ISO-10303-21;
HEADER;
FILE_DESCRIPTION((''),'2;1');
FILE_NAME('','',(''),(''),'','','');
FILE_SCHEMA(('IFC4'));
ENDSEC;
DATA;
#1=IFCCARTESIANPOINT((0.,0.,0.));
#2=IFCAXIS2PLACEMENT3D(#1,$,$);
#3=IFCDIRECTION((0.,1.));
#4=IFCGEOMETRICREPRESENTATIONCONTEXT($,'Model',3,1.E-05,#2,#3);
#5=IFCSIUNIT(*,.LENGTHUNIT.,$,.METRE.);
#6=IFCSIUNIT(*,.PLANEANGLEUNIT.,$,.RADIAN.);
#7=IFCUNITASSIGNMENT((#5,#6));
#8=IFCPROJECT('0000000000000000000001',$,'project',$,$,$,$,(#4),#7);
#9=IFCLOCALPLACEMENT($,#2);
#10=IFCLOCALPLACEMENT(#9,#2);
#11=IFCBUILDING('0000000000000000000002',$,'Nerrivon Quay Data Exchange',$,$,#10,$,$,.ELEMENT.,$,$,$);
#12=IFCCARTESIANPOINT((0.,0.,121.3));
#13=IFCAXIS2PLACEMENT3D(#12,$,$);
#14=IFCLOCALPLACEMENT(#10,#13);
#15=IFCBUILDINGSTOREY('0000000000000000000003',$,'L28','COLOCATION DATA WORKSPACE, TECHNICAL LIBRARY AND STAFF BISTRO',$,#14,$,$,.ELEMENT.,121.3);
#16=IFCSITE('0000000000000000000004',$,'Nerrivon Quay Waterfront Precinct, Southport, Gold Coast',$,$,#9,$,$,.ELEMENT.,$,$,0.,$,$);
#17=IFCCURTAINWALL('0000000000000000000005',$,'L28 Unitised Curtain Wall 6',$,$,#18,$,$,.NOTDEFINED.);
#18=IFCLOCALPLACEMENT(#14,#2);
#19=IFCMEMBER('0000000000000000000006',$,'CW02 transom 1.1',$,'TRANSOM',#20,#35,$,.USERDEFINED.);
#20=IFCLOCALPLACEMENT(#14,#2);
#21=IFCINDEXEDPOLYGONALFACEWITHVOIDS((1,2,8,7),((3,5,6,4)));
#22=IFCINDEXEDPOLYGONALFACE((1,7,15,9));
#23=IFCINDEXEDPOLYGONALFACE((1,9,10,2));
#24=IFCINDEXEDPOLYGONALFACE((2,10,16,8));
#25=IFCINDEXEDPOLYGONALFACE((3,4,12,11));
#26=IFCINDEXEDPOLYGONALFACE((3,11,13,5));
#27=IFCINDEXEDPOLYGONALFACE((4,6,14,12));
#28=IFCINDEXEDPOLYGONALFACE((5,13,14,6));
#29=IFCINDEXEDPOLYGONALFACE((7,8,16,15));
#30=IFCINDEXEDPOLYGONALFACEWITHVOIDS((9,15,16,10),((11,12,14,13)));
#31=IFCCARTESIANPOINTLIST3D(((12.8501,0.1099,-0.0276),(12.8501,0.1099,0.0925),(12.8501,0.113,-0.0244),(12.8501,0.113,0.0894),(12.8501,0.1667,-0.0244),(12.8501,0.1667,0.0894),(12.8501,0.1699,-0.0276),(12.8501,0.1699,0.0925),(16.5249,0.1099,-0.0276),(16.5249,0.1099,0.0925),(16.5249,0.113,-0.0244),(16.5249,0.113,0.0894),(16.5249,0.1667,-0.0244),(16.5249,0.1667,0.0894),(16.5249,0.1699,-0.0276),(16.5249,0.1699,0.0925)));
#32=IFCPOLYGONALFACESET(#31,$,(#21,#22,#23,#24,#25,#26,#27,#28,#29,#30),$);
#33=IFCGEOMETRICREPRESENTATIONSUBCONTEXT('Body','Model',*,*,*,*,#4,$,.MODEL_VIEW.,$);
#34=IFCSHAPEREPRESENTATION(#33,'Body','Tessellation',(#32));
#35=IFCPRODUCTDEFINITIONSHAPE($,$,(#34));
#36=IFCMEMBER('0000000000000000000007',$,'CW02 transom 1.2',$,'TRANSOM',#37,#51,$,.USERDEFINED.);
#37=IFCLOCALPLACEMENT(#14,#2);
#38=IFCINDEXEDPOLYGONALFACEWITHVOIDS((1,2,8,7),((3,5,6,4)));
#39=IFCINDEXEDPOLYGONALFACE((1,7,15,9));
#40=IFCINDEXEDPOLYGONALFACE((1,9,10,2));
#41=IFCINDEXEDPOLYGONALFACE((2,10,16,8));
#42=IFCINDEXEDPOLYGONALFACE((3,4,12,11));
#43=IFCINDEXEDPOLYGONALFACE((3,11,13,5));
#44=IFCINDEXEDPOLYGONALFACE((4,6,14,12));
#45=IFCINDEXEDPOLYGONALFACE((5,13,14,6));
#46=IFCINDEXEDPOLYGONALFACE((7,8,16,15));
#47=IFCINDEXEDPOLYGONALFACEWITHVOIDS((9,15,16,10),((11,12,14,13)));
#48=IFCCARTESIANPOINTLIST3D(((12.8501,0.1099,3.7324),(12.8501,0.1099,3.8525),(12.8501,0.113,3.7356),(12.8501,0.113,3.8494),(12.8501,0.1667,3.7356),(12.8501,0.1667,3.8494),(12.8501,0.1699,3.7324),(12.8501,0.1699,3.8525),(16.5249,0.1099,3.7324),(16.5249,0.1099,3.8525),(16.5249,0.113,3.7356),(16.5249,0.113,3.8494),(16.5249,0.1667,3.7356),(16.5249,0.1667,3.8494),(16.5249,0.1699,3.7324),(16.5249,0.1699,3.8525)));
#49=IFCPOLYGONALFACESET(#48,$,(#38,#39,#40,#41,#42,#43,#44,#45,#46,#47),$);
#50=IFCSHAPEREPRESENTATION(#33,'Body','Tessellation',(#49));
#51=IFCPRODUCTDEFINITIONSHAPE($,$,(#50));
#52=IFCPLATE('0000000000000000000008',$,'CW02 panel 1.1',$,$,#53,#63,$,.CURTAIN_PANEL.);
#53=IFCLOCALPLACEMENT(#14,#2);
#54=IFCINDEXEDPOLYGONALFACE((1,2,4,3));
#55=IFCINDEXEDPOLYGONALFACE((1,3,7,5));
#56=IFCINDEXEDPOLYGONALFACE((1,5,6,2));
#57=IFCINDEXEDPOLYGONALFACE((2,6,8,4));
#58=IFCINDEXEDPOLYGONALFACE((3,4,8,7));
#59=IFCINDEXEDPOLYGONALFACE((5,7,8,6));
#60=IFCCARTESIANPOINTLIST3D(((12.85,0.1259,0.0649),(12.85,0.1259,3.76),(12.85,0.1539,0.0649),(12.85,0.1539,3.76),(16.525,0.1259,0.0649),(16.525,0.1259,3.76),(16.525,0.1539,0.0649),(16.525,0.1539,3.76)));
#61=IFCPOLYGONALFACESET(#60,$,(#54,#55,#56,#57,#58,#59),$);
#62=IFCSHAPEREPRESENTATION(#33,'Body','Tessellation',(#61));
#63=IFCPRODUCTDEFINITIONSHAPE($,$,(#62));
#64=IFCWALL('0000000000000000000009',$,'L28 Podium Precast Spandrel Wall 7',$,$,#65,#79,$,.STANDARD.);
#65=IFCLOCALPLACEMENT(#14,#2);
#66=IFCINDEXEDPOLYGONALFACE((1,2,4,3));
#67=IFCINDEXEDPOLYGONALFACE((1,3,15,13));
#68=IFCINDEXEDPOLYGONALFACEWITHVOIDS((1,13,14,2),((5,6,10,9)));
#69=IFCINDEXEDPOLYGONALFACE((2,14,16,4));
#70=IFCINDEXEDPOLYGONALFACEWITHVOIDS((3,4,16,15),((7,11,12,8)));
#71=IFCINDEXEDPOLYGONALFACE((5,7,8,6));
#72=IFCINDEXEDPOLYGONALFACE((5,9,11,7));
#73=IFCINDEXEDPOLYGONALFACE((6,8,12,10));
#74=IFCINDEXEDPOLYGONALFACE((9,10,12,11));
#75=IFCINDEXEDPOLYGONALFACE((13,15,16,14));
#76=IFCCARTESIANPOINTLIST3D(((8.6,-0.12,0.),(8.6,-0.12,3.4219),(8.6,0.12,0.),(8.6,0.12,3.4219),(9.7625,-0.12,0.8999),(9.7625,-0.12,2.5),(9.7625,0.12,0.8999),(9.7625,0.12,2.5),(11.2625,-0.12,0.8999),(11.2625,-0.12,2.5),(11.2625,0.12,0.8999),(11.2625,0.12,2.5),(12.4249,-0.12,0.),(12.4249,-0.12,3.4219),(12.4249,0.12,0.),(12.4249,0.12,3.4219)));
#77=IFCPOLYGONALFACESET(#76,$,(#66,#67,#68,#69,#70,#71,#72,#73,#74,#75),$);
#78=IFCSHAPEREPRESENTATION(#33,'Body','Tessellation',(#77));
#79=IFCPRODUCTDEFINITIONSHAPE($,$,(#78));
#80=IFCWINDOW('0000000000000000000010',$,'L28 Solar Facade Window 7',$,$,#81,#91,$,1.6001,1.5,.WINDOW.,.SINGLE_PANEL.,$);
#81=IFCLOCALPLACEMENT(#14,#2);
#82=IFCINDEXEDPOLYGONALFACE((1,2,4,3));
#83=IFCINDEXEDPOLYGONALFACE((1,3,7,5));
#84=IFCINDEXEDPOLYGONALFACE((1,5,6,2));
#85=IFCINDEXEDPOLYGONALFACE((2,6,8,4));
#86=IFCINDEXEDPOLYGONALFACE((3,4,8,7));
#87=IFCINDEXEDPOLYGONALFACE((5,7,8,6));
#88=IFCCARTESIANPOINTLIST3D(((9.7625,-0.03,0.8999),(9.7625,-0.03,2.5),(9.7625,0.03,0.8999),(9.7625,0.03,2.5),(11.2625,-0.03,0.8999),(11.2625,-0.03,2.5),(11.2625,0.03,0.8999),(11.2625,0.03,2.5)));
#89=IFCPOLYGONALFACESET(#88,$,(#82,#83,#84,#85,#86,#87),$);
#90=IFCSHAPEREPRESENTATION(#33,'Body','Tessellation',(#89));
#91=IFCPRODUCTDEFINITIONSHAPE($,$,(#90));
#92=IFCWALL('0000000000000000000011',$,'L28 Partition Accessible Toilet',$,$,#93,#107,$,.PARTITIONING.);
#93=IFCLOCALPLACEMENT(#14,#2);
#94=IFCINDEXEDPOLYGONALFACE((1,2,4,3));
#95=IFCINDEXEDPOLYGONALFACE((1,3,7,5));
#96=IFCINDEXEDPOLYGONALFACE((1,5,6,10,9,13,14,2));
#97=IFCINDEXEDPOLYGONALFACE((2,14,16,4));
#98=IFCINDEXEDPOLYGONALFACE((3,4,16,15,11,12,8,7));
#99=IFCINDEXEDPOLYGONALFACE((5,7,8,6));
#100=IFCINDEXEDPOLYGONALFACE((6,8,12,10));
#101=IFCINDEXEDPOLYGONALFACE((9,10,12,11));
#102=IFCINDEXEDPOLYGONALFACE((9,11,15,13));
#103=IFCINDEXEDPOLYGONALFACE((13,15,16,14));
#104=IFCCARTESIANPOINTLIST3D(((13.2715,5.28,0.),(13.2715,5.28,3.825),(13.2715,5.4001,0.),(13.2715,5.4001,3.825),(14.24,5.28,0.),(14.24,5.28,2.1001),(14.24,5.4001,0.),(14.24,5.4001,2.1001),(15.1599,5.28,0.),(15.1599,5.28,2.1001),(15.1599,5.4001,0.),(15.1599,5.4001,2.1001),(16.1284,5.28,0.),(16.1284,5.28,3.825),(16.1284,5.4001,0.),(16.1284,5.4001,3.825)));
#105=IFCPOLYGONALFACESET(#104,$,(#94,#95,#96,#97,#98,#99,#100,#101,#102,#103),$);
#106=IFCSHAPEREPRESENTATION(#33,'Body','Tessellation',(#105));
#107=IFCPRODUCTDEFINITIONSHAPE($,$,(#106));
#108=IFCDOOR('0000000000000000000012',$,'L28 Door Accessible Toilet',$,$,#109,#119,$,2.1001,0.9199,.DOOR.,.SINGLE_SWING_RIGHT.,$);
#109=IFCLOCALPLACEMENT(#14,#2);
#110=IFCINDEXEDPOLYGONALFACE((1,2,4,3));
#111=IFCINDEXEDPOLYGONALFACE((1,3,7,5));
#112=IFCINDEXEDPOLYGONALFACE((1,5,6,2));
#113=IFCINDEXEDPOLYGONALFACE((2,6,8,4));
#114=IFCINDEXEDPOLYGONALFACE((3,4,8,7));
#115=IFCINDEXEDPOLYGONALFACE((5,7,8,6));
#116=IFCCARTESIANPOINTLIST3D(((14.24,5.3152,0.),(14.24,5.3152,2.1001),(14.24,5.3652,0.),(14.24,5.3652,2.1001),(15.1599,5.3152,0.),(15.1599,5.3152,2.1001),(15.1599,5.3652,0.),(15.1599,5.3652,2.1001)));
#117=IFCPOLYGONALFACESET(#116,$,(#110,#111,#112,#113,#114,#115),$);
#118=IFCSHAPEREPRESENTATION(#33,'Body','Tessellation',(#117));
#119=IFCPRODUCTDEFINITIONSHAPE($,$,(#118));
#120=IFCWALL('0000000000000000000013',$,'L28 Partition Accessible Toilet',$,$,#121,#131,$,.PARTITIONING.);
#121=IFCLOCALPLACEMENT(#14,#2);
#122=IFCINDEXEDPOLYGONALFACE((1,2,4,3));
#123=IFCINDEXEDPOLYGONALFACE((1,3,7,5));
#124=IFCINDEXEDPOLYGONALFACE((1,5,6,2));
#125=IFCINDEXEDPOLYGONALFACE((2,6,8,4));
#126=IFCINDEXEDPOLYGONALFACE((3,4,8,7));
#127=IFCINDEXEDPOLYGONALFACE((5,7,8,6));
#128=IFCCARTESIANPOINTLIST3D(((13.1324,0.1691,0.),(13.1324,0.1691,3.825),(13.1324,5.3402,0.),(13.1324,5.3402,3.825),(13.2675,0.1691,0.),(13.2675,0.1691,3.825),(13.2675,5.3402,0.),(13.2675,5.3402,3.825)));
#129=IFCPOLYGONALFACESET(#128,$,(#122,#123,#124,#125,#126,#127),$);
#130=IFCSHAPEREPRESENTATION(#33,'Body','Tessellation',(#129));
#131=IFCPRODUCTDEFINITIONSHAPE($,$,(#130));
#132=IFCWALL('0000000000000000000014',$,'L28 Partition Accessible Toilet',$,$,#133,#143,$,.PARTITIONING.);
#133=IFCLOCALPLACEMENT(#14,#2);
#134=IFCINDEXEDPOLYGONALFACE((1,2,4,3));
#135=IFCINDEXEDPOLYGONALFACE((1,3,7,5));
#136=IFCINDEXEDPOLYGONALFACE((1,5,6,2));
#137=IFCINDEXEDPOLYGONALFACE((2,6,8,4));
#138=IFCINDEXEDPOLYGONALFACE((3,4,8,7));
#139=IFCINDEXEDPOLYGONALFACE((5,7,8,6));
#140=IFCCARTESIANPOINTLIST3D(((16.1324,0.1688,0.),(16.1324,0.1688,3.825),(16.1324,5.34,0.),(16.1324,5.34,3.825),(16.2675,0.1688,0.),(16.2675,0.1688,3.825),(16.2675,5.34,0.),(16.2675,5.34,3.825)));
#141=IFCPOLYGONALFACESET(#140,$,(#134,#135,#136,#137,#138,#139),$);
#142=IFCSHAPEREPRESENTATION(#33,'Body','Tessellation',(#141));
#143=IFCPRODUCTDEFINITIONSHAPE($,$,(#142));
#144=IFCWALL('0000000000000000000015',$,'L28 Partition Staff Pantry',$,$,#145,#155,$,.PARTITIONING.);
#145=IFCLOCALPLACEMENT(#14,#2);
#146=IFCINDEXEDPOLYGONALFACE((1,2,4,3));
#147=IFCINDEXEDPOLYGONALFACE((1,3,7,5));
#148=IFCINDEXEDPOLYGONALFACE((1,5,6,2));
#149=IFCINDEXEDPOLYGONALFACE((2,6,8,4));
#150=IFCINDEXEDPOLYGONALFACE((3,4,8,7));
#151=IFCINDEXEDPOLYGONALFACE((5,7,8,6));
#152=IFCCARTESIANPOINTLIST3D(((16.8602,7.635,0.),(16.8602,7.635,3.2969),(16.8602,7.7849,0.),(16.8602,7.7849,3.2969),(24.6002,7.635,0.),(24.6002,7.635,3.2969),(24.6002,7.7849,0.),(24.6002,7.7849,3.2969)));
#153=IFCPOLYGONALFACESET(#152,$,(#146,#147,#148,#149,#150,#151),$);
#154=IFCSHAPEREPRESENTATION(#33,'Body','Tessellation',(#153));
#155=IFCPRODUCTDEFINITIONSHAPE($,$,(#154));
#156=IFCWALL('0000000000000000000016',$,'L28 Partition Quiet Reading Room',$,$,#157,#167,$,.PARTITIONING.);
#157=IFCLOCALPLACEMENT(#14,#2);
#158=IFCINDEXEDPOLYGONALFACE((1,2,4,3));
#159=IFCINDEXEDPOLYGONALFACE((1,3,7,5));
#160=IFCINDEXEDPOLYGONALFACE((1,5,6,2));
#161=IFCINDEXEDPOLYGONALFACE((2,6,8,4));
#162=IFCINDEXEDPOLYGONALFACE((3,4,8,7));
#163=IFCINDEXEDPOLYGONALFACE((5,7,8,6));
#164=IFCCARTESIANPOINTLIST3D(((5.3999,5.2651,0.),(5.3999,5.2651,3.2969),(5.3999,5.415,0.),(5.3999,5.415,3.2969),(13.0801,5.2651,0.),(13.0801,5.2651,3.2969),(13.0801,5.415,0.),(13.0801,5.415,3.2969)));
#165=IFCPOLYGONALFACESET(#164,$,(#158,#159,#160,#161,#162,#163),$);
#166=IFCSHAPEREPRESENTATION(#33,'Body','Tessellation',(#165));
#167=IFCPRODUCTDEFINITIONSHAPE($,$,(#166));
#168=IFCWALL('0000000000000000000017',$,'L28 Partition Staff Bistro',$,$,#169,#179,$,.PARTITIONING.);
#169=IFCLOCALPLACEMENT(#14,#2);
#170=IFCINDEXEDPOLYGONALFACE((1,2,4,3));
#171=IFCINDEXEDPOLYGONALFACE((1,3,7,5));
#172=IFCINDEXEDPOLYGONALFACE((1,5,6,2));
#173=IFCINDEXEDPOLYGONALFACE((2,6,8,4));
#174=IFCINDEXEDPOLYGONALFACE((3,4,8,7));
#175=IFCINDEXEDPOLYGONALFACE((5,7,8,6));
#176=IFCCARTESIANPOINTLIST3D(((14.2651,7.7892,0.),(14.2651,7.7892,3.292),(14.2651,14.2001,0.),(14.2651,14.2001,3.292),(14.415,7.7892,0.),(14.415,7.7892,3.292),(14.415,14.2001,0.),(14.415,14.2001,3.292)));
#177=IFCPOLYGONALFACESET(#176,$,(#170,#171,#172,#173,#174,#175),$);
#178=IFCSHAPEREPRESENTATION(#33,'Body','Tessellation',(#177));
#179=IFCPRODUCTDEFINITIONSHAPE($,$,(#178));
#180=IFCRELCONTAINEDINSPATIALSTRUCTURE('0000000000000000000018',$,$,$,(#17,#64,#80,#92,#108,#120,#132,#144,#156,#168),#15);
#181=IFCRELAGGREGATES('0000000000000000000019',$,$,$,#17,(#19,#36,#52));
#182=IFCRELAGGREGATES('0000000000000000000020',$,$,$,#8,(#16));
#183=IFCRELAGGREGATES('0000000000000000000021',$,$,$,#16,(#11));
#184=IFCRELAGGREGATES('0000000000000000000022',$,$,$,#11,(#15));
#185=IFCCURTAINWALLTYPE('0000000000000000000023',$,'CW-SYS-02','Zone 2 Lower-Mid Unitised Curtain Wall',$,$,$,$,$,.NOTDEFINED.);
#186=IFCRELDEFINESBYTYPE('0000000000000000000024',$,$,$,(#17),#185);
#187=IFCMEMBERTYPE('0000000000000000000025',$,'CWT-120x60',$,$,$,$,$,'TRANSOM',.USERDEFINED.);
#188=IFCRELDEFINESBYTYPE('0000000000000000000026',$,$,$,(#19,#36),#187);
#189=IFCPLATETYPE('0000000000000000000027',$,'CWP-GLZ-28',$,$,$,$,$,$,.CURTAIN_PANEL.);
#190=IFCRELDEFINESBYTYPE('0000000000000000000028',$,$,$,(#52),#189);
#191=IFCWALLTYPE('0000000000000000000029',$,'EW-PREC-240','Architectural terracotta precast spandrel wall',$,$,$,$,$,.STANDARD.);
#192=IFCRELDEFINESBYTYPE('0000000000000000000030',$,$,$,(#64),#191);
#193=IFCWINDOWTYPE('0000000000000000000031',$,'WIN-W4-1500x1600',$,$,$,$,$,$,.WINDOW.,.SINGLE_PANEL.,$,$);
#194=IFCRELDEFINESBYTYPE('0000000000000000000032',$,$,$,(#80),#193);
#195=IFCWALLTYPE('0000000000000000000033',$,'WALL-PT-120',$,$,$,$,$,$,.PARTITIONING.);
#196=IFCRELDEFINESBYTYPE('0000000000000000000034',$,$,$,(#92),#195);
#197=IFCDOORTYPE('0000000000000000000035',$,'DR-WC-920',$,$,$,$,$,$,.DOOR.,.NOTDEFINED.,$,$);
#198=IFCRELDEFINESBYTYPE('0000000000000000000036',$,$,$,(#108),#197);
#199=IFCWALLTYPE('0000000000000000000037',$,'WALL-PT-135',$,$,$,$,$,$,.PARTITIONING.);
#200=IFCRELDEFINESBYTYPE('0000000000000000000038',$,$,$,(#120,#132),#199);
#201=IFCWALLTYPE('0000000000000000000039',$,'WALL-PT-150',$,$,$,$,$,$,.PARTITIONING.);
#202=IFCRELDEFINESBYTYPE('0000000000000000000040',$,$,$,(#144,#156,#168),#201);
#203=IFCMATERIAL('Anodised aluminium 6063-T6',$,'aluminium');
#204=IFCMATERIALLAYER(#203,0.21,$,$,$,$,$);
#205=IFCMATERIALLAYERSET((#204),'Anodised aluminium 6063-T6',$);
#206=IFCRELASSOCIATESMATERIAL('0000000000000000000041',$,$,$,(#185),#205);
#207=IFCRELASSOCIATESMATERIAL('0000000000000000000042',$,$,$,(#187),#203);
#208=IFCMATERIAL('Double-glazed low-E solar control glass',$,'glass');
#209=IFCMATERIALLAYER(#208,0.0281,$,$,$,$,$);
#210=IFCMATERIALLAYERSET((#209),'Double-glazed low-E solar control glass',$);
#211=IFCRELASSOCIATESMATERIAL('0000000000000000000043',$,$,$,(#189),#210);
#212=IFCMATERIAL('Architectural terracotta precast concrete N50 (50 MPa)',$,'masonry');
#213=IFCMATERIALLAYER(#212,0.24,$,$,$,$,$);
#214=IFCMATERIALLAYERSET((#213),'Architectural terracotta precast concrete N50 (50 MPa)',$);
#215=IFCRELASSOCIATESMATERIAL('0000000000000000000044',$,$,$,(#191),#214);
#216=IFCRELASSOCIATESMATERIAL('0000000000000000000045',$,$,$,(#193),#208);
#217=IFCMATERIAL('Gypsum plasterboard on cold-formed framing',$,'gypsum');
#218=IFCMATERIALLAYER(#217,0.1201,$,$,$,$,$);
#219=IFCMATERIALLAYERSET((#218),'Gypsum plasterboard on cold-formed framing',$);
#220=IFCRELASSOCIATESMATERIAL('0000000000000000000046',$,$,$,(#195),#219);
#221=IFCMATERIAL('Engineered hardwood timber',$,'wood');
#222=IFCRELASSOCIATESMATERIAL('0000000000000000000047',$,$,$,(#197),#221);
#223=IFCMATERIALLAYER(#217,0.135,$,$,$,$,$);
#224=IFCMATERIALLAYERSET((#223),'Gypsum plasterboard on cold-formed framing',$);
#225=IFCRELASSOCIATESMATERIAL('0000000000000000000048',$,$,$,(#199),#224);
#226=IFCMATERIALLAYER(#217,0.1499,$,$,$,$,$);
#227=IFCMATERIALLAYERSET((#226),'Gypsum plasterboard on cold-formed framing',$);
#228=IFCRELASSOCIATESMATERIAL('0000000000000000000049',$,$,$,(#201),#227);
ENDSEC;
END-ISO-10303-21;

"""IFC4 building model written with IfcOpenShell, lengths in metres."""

from ifc_helpers import new_model, si_unit, direction, frame, frame_2d, origin, origin_2d, place, context, subcontext, project, spatial, rectangle, hollow_rectangle, extrude, material, layer, layer_set, material_profile, profile_set, type_object, element, fill, aggregate, save


model = new_model("IFC4")

# Units and contexts
model_context = context("Model", 3, precision=1e-05, world=origin(), true_north=direction((0.0, 1.0)))
body_context = subcontext(model_context, "Body", "Model", "MODEL_VIEW")
ifc_project = project(units=[si_unit("LENGTHUNIT", "METRE"), si_unit("PLANEANGLEUNIT", "RADIAN")], contexts=[model_context])

# Site, building, storey
site_placement = place(None, origin())
site = spatial("IfcSite", under=ifc_project, at=site_placement, Name="Nerrivon Quay Waterfront Precinct, Southport, Gold Coast", CompositionType="ELEMENT", RefElevation=0.0)
building_placement = place(site_placement, origin())
building = spatial("IfcBuilding", under=site, at=building_placement, Name="Nerrivon Quay Data Exchange", CompositionType="ELEMENT")
storey_placement = place(building_placement, frame((0.0, 0.0, 121.3)))
storey = spatial("IfcBuildingStorey", under=building, at=storey_placement, Name="L28", Description="COLOCATION DATA WORKSPACE, TECHNICAL LIBRARY AND STAFF BISTRO", CompositionType="ELEMENT", Elevation=121.3)

# Curtain wall, members, plate
ifc_material_1 = material(Name="Anodised aluminium 6063-T6", Category="aluminium")
ifc_layer_1 = layer(ifc_material_1, 0.21)
ifc_layer_set_1 = layer_set([ifc_layer_1], Name="Anodised aluminium 6063-T6")
curtain_wall_type = type_object("IfcCurtainWallType", Name="CW-SYS-02", Description="Zone 2 Lower-Mid Unitised Curtain Wall", PredefinedType="NOTDEFINED", material=ifc_layer_set_1)
curtain_wall_placement = place(storey_placement, origin())
curtain_wall = element("IfcCurtainWall", 1, at=curtain_wall_placement, inside=storey, type_object=curtain_wall_type, Name="L28 Unitised Curtain Wall 6", PredefinedType="NOTDEFINED")
ifc_material_profile_1 = material_profile(ifc_material_1, hollow_rectangle(XDim=0.0601, YDim=0.1201, WallThickness=0.0032, at=origin_2d()), Name="ALU-TRAN-120x60")
ifc_profile_set_1 = profile_set([ifc_material_profile_1], Name="Anodised aluminium 6063-T6")
member_type_1 = type_object("IfcMemberType", Name="CWT-120x60", ElementType="TRANSOM", PredefinedType="USERDEFINED", material=ifc_profile_set_1)
member_1_placement = place(storey_placement, frame((16.5249, 0.1399, 0.0325), z_axis=(-1.0, 0.0, 0.0), x_axis=(0.0, -1.0, 0.0)))
member_1 = element("IfcMember", 2, at=member_1_placement, type_object=member_type_1, Name="CW02 transom 1.1", ObjectType="TRANSOM", PredefinedType="USERDEFINED", context=body_context, shape_type="SweptSolid", body=[
    extrude(hollow_rectangle(XDim=0.0601, YDim=0.1201, WallThickness=0.0032, at=origin_2d()), origin(), (0.0, 0.0, 1.0), 3.6748),
])
member_2_placement = place(storey_placement, frame((16.5249, 0.1399, 3.7925), z_axis=(-1.0, 0.0, 0.0), x_axis=(0.0, -1.0, 0.0)))
member_2 = element("IfcMember", 3, at=member_2_placement, type_object=member_type_1, Name="CW02 transom 1.2", ObjectType="TRANSOM", PredefinedType="USERDEFINED", context=body_context, shape_type="SweptSolid", body=[
    extrude(hollow_rectangle(XDim=0.0601, YDim=0.1201, WallThickness=0.0032, at=origin_2d()), origin(), (0.0, 0.0, 1.0), 3.6748),
])
ifc_material_2 = material(Name="Double-glazed low-E solar control glass", Category="glass")
ifc_layer_2 = layer(ifc_material_2, 0.0281)
ifc_layer_set_2 = layer_set([ifc_layer_2], Name="Double-glazed low-E solar control glass")
plate_type = type_object("IfcPlateType", Name="CWP-GLZ-28", PredefinedType="CURTAIN_PANEL", material=ifc_layer_set_2)
plate_placement = place(storey_placement, frame((14.6875, 0.1399, 0.0649), z_axis=(0.0, 0.0, 1.0), x_axis=(-1.0, 0.0, 0.0)))
plate = element("IfcPlate", 4, at=plate_placement, type_object=plate_type, Name="CW02 panel 1.1", PredefinedType="CURTAIN_PANEL", context=body_context, shape_type="SweptSolid", body=[
    extrude(rectangle(XDim=3.675, YDim=0.0281, at=origin_2d()), origin(), (0.0, 0.0, 1.0), 3.6951),
])
aggregate(curtain_wall, [member_1, member_2, plate])

# Wall, opening, window
ifc_material_3 = material(Name="Architectural terracotta precast concrete N50 (50 MPa)", Category="masonry")
ifc_layer_3 = layer(ifc_material_3, 0.24)
ifc_layer_set_3 = layer_set([ifc_layer_3], Name="Architectural terracotta precast concrete N50 (50 MPa)")
wall_type_1 = type_object("IfcWallType", Name="EW-PREC-240", Description="Architectural terracotta precast spandrel wall", PredefinedType="STANDARD", material=ifc_layer_set_3)
wall_1_placement = place(storey_placement, frame((12.425, 0.0, 0.0), z_axis=(0.0, 0.0, 1.0), x_axis=(-1.0, 0.0, 0.0)))
wall_1 = element("IfcWall", 5, at=wall_1_placement, inside=storey, type_object=wall_type_1, Name="L28 Podium Precast Spandrel Wall 7", PredefinedType="STANDARD", context=body_context, shape_type="SweptSolid", body=[
    extrude(rectangle(XDim=3.825, YDim=0.24, at=frame_2d((1.9126, 0.0))), origin(), (0.0, 0.0, 1.0), 3.4219),
])
opening_1_placement = place(wall_1_placement, frame((1.1626, 0.0, 0.8999)))
opening_1 = element("IfcOpeningElement", 6, at=opening_1_placement, cuts=wall_1, PredefinedType="OPENING", context=body_context, shape_type="SweptSolid", body=[
    extrude(rectangle(XDim=1.5, YDim=1.6001, at=frame_2d((0.75, 0.8))), frame((0.0, 0.1299, 0.0), z_axis=(0.0, -1.0, 0.0), x_axis=(1.0, 0.0, 0.0)), (0.0, 0.0, 1.0), 0.26),
])
window_type = type_object("IfcWindowType", Name="WIN-W4-1500x1600", PartitioningType="SINGLE_PANEL", PredefinedType="WINDOW", material=ifc_material_2)
window_placement = place(opening_1_placement, origin())
window = element("IfcWindow", 7, at=window_placement, inside=storey, type_object=window_type, Name="L28 Solar Facade Window 7", OverallHeight=1.6001, OverallWidth=1.5, PartitioningType="SINGLE_PANEL", PredefinedType="WINDOW", context=body_context, shape_type="SweptSolid", body=[
    extrude(rectangle(XDim=1.5, YDim=1.6001, at=frame_2d((0.75, 0.8))), frame((0.0, 0.03, 0.0), z_axis=(0.0, -1.0, 0.0), x_axis=(1.0, 0.0, 0.0)), (0.0, 0.0, 1.0), 0.0601),
])
fill(opening_1, window)

# Wall, opening, door
ifc_material_4 = material(Name="Gypsum plasterboard on cold-formed framing", Category="gypsum")
ifc_layer_4 = layer(ifc_material_4, 0.1201)
ifc_layer_set_4 = layer_set([ifc_layer_4], Name="Gypsum plasterboard on cold-formed framing")
wall_type_2 = type_object("IfcWallType", Name="WALL-PT-120", PredefinedType="PARTITIONING", material=ifc_layer_set_4)
wall_2_placement = place(storey_placement, frame((16.1284, 5.3401, 0.0), z_axis=(0.0, 0.0, 1.0), x_axis=(-1.0, 0.0, 0.0)))
wall_2 = element("IfcWall", 8, at=wall_2_placement, inside=storey, type_object=wall_type_2, Name="L28 Partition Accessible Toilet", PredefinedType="PARTITIONING", context=body_context, shape_type="SweptSolid", body=[
    extrude(rectangle(XDim=2.8569, YDim=0.1201, at=frame_2d((1.4285, 0.0))), origin(), (0.0, 0.0, 1.0), 3.825),
])
opening_2_placement = place(wall_2_placement, frame((0.9685, 0.0, 0.0)))
opening_2 = element("IfcOpeningElement", 9, at=opening_2_placement, cuts=wall_2, PredefinedType="OPENING", context=body_context, shape_type="SweptSolid", body=[
    extrude(rectangle(XDim=0.9199, YDim=2.1001, at=frame_2d((0.46, 1.05))), frame((0.0, 0.0701, 0.0), z_axis=(0.0, -1.0, 0.0), x_axis=(1.0, 0.0, 0.0)), (0.0, 0.0, 1.0), 0.1401),
])
ifc_material_5 = material(Name="Engineered hardwood timber", Category="wood")
door_type = type_object("IfcDoorType", Name="DR-WC-920", OperationType="NOTDEFINED", PredefinedType="DOOR", material=ifc_material_5)
door_placement = place(opening_2_placement, origin())
door = element("IfcDoor", 10, at=door_placement, inside=storey, type_object=door_type, Name="L28 Door Accessible Toilet", OperationType="SINGLE_SWING_RIGHT", OverallHeight=2.1001, OverallWidth=0.9199, PredefinedType="DOOR", context=body_context, shape_type="SweptSolid", body=[
    extrude(rectangle(XDim=0.9199, YDim=2.1001, at=frame_2d((0.46, 1.05))), frame((0.0, 0.0249, 0.0), z_axis=(0.0, -1.0, 0.0), x_axis=(1.0, 0.0, 0.0)), (0.0, 0.0, 1.0), 0.05),
])
fill(opening_2, door)

# Walls
ifc_layer_5 = layer(ifc_material_4, 0.135)
ifc_layer_set_5 = layer_set([ifc_layer_5], Name="Gypsum plasterboard on cold-formed framing")
wall_type_3 = type_object("IfcWallType", Name="WALL-PT-135", PredefinedType="PARTITIONING", material=ifc_layer_set_5)
for number, where, z_axis, x_axis, name in (
    (11, (13.2, 5.3401, 0.0), (0.0, 0.0, 1.0), (0.0, -1.0, 0.0), "L28 Partition Accessible Toilet"),
    (12, (16.2, 0.1689, 0.0), (0.0, 0.0, 1.0), (0.0, 1.0, 0.0), "L28 Partition Accessible Toilet"),
):
    element("IfcWall", number, at=place(storey_placement, frame(where, z_axis=z_axis, x_axis=x_axis)), inside=storey, type_object=wall_type_3, Name=name, PredefinedType="PARTITIONING", context=body_context, shape_type="SweptSolid", body=[
        extrude(rectangle(XDim=5.1711, YDim=0.135, at=frame_2d((2.5854, 0.0))), origin(), (0.0, 0.0, 1.0), 3.825),
    ])
ifc_layer_6 = layer(ifc_material_4, 0.1499)
ifc_layer_set_6 = layer_set([ifc_layer_6], Name="Gypsum plasterboard on cold-formed framing")
wall_type_4 = type_object("IfcWallType", Name="WALL-PT-150", PredefinedType="PARTITIONING", material=ifc_layer_set_6)
wall_3_placement = place(storey_placement, frame((16.8601, 7.71, 0.0), z_axis=(0.0, 0.0, 1.0), x_axis=(1.0, 0.0, 0.0)))
element("IfcWall", 13, at=wall_3_placement, inside=storey, type_object=wall_type_4, Name="L28 Partition Staff Pantry", PredefinedType="PARTITIONING", context=body_context, shape_type="SweptSolid", body=[
    extrude(rectangle(XDim=7.74, YDim=0.1499, at=frame_2d((3.8701, 0.0))), origin(), (0.0, 0.0, 1.0), 3.2969),
])
wall_4_placement = place(storey_placement, frame((13.0801, 5.3401, 0.0), z_axis=(0.0, 0.0, 1.0), x_axis=(-1.0, 0.0, 0.0)))
element("IfcWall", 14, at=wall_4_placement, inside=storey, type_object=wall_type_4, Name="L28 Partition Quiet Reading Room", PredefinedType="PARTITIONING", context=body_context, shape_type="SweptSolid", body=[
    extrude(rectangle(XDim=7.6802, YDim=0.1499, at=frame_2d((3.8401, 0.0))), origin(), (0.0, 0.0, 1.0), 3.2969),
])
wall_5_placement = place(storey_placement, frame((14.3401, 7.7891, 0.0), z_axis=(0.0, 0.0, 1.0), x_axis=(0.0, 1.0, 0.0)))
element("IfcWall", 15, at=wall_5_placement, inside=storey, type_object=wall_type_4, Name="L28 Partition Staff Bistro", PredefinedType="PARTITIONING", context=body_context, shape_type="SweptSolid", body=[
    extrude(rectangle(XDim=6.4109, YDim=0.1499, at=frame_2d((3.2056, 0.0))), origin(), (0.0, 0.0, 1.0), 3.292),
])

save(model, "model.ifc")
